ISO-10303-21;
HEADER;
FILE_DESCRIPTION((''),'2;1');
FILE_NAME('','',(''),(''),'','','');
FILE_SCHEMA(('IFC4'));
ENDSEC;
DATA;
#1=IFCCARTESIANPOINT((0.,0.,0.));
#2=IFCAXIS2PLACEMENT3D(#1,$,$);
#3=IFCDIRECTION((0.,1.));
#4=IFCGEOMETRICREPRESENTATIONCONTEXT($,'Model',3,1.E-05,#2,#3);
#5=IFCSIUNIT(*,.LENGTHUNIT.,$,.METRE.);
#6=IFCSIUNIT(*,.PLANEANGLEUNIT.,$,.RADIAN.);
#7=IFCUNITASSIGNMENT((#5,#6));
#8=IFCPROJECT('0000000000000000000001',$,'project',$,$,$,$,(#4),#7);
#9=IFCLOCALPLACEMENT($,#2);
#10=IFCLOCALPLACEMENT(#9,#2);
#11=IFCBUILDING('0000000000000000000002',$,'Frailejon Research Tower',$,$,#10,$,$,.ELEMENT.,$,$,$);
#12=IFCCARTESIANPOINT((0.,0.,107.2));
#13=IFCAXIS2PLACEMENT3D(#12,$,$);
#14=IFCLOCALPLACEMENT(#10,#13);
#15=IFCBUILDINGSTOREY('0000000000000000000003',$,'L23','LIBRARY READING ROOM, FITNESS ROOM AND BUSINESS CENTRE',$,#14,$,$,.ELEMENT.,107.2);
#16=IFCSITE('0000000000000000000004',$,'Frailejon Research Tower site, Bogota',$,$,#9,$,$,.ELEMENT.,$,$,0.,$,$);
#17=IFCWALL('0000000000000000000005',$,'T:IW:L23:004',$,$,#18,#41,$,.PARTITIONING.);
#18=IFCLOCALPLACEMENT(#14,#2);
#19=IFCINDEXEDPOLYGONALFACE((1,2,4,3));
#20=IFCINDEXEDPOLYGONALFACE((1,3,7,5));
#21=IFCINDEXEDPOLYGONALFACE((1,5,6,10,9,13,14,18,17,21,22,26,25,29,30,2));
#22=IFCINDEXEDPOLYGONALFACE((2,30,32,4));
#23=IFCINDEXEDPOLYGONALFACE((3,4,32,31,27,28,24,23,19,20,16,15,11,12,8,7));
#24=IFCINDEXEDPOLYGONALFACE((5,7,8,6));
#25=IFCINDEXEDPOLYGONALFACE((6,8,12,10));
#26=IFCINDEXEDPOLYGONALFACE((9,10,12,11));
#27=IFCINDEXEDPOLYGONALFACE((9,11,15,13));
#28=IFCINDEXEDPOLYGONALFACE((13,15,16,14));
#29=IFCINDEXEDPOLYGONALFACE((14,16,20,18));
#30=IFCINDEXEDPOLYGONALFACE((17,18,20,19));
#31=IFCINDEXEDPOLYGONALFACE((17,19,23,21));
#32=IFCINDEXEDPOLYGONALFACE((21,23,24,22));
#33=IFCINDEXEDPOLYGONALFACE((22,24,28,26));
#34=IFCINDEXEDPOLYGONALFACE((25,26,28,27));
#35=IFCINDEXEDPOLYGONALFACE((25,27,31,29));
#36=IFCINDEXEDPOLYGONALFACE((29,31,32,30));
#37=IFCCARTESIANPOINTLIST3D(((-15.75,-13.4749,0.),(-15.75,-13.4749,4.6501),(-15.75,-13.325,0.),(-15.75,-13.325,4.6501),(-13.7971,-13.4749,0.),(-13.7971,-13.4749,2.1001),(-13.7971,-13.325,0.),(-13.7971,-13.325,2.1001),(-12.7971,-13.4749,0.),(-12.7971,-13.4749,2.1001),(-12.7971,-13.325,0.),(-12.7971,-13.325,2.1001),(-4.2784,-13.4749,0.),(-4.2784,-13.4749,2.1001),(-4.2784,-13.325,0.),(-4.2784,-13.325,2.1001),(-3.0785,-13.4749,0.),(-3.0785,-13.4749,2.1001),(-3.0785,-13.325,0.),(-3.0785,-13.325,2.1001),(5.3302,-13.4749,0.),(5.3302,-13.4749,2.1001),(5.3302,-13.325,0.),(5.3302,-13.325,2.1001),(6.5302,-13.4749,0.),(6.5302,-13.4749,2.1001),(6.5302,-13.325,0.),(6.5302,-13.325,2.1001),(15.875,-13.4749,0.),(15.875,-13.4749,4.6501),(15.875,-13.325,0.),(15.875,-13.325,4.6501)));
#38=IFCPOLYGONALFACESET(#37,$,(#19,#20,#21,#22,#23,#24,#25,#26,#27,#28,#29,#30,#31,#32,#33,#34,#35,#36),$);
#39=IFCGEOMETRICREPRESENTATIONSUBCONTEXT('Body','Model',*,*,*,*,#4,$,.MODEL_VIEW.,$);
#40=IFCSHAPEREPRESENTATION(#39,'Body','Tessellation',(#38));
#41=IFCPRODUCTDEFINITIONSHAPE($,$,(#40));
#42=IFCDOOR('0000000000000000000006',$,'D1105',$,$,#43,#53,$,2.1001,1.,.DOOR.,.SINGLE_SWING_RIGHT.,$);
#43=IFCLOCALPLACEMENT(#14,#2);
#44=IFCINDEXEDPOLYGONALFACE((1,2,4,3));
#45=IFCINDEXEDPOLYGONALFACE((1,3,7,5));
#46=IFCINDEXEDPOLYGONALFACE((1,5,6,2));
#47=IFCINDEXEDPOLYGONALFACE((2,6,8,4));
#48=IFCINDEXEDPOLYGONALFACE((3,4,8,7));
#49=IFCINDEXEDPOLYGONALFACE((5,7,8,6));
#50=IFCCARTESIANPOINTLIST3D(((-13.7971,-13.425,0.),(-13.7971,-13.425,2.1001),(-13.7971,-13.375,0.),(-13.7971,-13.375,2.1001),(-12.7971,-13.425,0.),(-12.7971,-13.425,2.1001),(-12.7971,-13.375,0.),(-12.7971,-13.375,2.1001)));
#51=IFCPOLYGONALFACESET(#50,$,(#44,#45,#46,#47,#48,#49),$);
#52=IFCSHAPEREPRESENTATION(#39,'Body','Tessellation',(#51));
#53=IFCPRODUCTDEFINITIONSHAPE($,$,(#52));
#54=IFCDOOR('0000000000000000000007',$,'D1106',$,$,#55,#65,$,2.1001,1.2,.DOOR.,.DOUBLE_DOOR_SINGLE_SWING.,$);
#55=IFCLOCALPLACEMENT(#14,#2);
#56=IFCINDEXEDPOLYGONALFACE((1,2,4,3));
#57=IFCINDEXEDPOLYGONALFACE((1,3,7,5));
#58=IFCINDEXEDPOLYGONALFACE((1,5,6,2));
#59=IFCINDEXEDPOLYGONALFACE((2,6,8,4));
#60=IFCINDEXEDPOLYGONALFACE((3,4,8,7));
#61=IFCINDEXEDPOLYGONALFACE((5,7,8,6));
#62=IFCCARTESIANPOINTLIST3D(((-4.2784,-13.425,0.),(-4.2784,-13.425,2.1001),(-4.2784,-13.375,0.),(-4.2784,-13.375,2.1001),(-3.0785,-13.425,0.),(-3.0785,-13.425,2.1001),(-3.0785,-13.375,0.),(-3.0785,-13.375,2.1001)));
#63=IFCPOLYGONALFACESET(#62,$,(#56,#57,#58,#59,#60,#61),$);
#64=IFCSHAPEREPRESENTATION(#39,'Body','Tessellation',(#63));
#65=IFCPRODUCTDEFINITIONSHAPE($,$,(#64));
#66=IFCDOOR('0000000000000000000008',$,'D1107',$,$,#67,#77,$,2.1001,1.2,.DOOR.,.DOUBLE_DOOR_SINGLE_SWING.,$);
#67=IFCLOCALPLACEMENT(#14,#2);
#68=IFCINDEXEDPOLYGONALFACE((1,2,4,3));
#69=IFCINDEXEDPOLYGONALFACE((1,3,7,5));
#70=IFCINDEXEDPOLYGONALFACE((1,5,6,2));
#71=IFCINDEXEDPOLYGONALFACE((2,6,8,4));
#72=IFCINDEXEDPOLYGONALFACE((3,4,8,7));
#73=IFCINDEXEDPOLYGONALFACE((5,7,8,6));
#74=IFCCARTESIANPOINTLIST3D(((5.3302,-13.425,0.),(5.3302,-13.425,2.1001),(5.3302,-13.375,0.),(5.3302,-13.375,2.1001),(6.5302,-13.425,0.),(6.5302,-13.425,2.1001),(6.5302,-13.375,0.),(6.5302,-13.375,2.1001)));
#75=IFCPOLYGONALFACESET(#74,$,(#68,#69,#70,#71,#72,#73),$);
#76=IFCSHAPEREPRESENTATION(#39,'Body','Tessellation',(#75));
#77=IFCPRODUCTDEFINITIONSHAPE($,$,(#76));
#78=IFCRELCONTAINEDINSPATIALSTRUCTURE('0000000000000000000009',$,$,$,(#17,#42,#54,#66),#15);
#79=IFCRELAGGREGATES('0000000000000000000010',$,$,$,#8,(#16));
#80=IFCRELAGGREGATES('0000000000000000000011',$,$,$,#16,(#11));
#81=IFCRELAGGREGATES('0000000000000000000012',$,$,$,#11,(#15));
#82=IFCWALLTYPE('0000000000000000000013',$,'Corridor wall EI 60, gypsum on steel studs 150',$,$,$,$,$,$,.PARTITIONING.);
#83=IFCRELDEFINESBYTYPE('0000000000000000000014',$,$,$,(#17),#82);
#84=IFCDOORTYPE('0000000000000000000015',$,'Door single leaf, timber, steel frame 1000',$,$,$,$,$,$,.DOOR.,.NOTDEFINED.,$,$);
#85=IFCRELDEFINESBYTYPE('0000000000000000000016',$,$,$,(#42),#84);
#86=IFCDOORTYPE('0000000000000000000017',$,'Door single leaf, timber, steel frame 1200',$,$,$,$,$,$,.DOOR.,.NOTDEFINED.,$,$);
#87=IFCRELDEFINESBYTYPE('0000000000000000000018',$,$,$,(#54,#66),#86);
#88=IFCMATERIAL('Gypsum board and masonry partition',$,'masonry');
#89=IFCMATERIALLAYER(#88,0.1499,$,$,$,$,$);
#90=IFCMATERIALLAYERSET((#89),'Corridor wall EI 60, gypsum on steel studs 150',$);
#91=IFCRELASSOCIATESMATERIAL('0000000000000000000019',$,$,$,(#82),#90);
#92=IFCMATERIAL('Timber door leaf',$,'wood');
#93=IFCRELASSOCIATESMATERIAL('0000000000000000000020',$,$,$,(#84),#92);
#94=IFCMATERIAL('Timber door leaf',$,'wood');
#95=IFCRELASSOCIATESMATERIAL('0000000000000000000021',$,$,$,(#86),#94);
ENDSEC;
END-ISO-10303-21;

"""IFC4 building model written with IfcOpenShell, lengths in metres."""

from ifc_helpers import new_model, si_unit, direction, frame, frame_2d, origin, place, context, subcontext, project, spatial, rectangle, extrude, material, layer, layer_set, type_object, element, fill, save


model = new_model("IFC4")

# Units and contexts
model_context = context("Model", 3, precision=1e-05, world=origin(), true_north=direction((0.0, 1.0)))
body_context = subcontext(model_context, "Body", "Model", "MODEL_VIEW")
ifc_project = project(units=[si_unit("LENGTHUNIT", "METRE"), si_unit("PLANEANGLEUNIT", "RADIAN")], contexts=[model_context])

# Site, building, storey
site_placement = place(None, origin())
site = spatial("IfcSite", under=ifc_project, at=site_placement, Name="Frailejon Research Tower site, Bogota", CompositionType="ELEMENT", RefElevation=0.0)
building_placement = place(site_placement, origin())
building = spatial("IfcBuilding", under=site, at=building_placement, Name="Frailejon Research Tower", CompositionType="ELEMENT")
storey_placement = place(building_placement, frame((0.0, 0.0, 107.2)))
storey = spatial("IfcBuildingStorey", under=building, at=storey_placement, Name="L23", Description="LIBRARY READING ROOM, FITNESS ROOM AND BUSINESS CENTRE", CompositionType="ELEMENT", Elevation=107.2)

# Wall, openings, doors
ifc_material_1 = material(Name="Gypsum board and masonry partition", Category="masonry")
ifc_layer_1 = layer(ifc_material_1, 0.1499)
ifc_layer_set_1 = layer_set([ifc_layer_1], Name="Corridor wall EI 60, gypsum on steel studs 150")
wall_type_1 = type_object("IfcWallType", Name="Corridor wall EI 60, gypsum on steel studs 150", PredefinedType="PARTITIONING", material=ifc_layer_set_1)
ifc_material_2 = material(Name="Timber door leaf", Category="wood")
door_type_1 = type_object("IfcDoorType", Name="Door single leaf, timber, steel frame 1000", OperationType="NOTDEFINED", PredefinedType="DOOR", material=ifc_material_2)
ifc_material_3 = material(Name="Timber door leaf", Category="wood")
door_type_2 = type_object("IfcDoorType", Name="Door single leaf, timber, steel frame 1200", OperationType="NOTDEFINED", PredefinedType="DOOR", material=ifc_material_3)
wall_1_placement = place(storey_placement, frame((-15.75, -13.3999, 0.0), z_axis=(0.0, 0.0, 1.0), x_axis=(1.0, 0.0, 0.0)))
wall_1 = element("IfcWall", 1, at=wall_1_placement, inside=storey, type_object=wall_type_1, Name="T:IW:L23:004", PredefinedType="PARTITIONING", context=body_context, shape_type="SweptSolid", body=[
    extrude(rectangle(XDim=31.625, YDim=0.1499, at=frame_2d((15.8125, 0.0))), origin(), (0.0, 0.0, 1.0), 4.6501),
])
opening_1_placement = place(wall_1_placement, frame((1.9529, 0.0, 0.0)))
opening_1 = element("IfcOpeningElement", 2, at=opening_1_placement, cuts=wall_1, PredefinedType="OPENING", context=body_context, shape_type="SweptSolid", body=[
    extrude(rectangle(XDim=1.0, YDim=2.1001, at=frame_2d((0.5, 1.05))), frame((0.0, 0.085, 0.0), z_axis=(0.0, -1.0, 0.0), x_axis=(1.0, 0.0, 0.0)), (0.0, 0.0, 1.0), 0.1699),
])
opening_2_placement = place(wall_1_placement, frame((11.4714, 0.0, 0.0)))
opening_2 = element("IfcOpeningElement", 3, at=opening_2_placement, cuts=wall_1, PredefinedType="OPENING", context=body_context, shape_type="SweptSolid", body=[
    extrude(rectangle(XDim=1.2, YDim=2.1001, at=frame_2d((0.6001, 1.05))), frame((0.0, 0.085, 0.0), z_axis=(0.0, -1.0, 0.0), x_axis=(1.0, 0.0, 0.0)), (0.0, 0.0, 1.0), 0.1699),
])
opening_3_placement = place(wall_1_placement, frame((21.0801, 0.0, 0.0)))
opening_3 = element("IfcOpeningElement", 4, at=opening_3_placement, cuts=wall_1, PredefinedType="OPENING", context=body_context, shape_type="SweptSolid", body=[
    extrude(rectangle(XDim=1.2, YDim=2.1001, at=frame_2d((0.6001, 1.05))), frame((0.0, 0.085, 0.0), z_axis=(0.0, -1.0, 0.0), x_axis=(1.0, 0.0, 0.0)), (0.0, 0.0, 1.0), 0.1699),
])
door_1_placement = place(opening_1_placement, origin())
door_1 = element("IfcDoor", 5, at=door_1_placement, inside=storey, type_object=door_type_1, Name="D1105", OperationType="SINGLE_SWING_RIGHT", OverallHeight=2.1001, OverallWidth=1.0, PredefinedType="DOOR", context=body_context, shape_type="SweptSolid", body=[
    extrude(rectangle(XDim=1.0, YDim=2.1001, at=frame_2d((0.5, 1.05))), frame((0.0, 0.0249, 0.0), z_axis=(0.0, -1.0, 0.0), x_axis=(1.0, 0.0, 0.0)), (0.0, 0.0, 1.0), 0.05),
])
fill(opening_1, door_1)
door_2_placement = place(opening_2_placement, origin())
door_2 = element("IfcDoor", 6, at=door_2_placement, inside=storey, type_object=door_type_2, Name="D1106", OperationType="DOUBLE_DOOR_SINGLE_SWING", OverallHeight=2.1001, OverallWidth=1.2, PredefinedType="DOOR", context=body_context, shape_type="SweptSolid", body=[
    extrude(rectangle(XDim=1.2, YDim=2.1001, at=frame_2d((0.6001, 1.05))), frame((0.0, 0.0249, 0.0), z_axis=(0.0, -1.0, 0.0), x_axis=(1.0, 0.0, 0.0)), (0.0, 0.0, 1.0), 0.05),
])
fill(opening_2, door_2)
door_3_placement = place(opening_3_placement, origin())
door_3 = element("IfcDoor", 7, at=door_3_placement, inside=storey, type_object=door_type_2, Name="D1107", OperationType="DOUBLE_DOOR_SINGLE_SWING", OverallHeight=2.1001, OverallWidth=1.2, PredefinedType="DOOR", context=body_context, shape_type="SweptSolid", body=[
    extrude(rectangle(XDim=1.2, YDim=2.1001, at=frame_2d((0.6001, 1.05))), frame((0.0, 0.0249, 0.0), z_axis=(0.0, -1.0, 0.0), x_axis=(1.0, 0.0, 0.0)), (0.0, 0.0, 1.0), 0.05),
])
fill(opening_3, door_3)

save(model, "model.ifc")
